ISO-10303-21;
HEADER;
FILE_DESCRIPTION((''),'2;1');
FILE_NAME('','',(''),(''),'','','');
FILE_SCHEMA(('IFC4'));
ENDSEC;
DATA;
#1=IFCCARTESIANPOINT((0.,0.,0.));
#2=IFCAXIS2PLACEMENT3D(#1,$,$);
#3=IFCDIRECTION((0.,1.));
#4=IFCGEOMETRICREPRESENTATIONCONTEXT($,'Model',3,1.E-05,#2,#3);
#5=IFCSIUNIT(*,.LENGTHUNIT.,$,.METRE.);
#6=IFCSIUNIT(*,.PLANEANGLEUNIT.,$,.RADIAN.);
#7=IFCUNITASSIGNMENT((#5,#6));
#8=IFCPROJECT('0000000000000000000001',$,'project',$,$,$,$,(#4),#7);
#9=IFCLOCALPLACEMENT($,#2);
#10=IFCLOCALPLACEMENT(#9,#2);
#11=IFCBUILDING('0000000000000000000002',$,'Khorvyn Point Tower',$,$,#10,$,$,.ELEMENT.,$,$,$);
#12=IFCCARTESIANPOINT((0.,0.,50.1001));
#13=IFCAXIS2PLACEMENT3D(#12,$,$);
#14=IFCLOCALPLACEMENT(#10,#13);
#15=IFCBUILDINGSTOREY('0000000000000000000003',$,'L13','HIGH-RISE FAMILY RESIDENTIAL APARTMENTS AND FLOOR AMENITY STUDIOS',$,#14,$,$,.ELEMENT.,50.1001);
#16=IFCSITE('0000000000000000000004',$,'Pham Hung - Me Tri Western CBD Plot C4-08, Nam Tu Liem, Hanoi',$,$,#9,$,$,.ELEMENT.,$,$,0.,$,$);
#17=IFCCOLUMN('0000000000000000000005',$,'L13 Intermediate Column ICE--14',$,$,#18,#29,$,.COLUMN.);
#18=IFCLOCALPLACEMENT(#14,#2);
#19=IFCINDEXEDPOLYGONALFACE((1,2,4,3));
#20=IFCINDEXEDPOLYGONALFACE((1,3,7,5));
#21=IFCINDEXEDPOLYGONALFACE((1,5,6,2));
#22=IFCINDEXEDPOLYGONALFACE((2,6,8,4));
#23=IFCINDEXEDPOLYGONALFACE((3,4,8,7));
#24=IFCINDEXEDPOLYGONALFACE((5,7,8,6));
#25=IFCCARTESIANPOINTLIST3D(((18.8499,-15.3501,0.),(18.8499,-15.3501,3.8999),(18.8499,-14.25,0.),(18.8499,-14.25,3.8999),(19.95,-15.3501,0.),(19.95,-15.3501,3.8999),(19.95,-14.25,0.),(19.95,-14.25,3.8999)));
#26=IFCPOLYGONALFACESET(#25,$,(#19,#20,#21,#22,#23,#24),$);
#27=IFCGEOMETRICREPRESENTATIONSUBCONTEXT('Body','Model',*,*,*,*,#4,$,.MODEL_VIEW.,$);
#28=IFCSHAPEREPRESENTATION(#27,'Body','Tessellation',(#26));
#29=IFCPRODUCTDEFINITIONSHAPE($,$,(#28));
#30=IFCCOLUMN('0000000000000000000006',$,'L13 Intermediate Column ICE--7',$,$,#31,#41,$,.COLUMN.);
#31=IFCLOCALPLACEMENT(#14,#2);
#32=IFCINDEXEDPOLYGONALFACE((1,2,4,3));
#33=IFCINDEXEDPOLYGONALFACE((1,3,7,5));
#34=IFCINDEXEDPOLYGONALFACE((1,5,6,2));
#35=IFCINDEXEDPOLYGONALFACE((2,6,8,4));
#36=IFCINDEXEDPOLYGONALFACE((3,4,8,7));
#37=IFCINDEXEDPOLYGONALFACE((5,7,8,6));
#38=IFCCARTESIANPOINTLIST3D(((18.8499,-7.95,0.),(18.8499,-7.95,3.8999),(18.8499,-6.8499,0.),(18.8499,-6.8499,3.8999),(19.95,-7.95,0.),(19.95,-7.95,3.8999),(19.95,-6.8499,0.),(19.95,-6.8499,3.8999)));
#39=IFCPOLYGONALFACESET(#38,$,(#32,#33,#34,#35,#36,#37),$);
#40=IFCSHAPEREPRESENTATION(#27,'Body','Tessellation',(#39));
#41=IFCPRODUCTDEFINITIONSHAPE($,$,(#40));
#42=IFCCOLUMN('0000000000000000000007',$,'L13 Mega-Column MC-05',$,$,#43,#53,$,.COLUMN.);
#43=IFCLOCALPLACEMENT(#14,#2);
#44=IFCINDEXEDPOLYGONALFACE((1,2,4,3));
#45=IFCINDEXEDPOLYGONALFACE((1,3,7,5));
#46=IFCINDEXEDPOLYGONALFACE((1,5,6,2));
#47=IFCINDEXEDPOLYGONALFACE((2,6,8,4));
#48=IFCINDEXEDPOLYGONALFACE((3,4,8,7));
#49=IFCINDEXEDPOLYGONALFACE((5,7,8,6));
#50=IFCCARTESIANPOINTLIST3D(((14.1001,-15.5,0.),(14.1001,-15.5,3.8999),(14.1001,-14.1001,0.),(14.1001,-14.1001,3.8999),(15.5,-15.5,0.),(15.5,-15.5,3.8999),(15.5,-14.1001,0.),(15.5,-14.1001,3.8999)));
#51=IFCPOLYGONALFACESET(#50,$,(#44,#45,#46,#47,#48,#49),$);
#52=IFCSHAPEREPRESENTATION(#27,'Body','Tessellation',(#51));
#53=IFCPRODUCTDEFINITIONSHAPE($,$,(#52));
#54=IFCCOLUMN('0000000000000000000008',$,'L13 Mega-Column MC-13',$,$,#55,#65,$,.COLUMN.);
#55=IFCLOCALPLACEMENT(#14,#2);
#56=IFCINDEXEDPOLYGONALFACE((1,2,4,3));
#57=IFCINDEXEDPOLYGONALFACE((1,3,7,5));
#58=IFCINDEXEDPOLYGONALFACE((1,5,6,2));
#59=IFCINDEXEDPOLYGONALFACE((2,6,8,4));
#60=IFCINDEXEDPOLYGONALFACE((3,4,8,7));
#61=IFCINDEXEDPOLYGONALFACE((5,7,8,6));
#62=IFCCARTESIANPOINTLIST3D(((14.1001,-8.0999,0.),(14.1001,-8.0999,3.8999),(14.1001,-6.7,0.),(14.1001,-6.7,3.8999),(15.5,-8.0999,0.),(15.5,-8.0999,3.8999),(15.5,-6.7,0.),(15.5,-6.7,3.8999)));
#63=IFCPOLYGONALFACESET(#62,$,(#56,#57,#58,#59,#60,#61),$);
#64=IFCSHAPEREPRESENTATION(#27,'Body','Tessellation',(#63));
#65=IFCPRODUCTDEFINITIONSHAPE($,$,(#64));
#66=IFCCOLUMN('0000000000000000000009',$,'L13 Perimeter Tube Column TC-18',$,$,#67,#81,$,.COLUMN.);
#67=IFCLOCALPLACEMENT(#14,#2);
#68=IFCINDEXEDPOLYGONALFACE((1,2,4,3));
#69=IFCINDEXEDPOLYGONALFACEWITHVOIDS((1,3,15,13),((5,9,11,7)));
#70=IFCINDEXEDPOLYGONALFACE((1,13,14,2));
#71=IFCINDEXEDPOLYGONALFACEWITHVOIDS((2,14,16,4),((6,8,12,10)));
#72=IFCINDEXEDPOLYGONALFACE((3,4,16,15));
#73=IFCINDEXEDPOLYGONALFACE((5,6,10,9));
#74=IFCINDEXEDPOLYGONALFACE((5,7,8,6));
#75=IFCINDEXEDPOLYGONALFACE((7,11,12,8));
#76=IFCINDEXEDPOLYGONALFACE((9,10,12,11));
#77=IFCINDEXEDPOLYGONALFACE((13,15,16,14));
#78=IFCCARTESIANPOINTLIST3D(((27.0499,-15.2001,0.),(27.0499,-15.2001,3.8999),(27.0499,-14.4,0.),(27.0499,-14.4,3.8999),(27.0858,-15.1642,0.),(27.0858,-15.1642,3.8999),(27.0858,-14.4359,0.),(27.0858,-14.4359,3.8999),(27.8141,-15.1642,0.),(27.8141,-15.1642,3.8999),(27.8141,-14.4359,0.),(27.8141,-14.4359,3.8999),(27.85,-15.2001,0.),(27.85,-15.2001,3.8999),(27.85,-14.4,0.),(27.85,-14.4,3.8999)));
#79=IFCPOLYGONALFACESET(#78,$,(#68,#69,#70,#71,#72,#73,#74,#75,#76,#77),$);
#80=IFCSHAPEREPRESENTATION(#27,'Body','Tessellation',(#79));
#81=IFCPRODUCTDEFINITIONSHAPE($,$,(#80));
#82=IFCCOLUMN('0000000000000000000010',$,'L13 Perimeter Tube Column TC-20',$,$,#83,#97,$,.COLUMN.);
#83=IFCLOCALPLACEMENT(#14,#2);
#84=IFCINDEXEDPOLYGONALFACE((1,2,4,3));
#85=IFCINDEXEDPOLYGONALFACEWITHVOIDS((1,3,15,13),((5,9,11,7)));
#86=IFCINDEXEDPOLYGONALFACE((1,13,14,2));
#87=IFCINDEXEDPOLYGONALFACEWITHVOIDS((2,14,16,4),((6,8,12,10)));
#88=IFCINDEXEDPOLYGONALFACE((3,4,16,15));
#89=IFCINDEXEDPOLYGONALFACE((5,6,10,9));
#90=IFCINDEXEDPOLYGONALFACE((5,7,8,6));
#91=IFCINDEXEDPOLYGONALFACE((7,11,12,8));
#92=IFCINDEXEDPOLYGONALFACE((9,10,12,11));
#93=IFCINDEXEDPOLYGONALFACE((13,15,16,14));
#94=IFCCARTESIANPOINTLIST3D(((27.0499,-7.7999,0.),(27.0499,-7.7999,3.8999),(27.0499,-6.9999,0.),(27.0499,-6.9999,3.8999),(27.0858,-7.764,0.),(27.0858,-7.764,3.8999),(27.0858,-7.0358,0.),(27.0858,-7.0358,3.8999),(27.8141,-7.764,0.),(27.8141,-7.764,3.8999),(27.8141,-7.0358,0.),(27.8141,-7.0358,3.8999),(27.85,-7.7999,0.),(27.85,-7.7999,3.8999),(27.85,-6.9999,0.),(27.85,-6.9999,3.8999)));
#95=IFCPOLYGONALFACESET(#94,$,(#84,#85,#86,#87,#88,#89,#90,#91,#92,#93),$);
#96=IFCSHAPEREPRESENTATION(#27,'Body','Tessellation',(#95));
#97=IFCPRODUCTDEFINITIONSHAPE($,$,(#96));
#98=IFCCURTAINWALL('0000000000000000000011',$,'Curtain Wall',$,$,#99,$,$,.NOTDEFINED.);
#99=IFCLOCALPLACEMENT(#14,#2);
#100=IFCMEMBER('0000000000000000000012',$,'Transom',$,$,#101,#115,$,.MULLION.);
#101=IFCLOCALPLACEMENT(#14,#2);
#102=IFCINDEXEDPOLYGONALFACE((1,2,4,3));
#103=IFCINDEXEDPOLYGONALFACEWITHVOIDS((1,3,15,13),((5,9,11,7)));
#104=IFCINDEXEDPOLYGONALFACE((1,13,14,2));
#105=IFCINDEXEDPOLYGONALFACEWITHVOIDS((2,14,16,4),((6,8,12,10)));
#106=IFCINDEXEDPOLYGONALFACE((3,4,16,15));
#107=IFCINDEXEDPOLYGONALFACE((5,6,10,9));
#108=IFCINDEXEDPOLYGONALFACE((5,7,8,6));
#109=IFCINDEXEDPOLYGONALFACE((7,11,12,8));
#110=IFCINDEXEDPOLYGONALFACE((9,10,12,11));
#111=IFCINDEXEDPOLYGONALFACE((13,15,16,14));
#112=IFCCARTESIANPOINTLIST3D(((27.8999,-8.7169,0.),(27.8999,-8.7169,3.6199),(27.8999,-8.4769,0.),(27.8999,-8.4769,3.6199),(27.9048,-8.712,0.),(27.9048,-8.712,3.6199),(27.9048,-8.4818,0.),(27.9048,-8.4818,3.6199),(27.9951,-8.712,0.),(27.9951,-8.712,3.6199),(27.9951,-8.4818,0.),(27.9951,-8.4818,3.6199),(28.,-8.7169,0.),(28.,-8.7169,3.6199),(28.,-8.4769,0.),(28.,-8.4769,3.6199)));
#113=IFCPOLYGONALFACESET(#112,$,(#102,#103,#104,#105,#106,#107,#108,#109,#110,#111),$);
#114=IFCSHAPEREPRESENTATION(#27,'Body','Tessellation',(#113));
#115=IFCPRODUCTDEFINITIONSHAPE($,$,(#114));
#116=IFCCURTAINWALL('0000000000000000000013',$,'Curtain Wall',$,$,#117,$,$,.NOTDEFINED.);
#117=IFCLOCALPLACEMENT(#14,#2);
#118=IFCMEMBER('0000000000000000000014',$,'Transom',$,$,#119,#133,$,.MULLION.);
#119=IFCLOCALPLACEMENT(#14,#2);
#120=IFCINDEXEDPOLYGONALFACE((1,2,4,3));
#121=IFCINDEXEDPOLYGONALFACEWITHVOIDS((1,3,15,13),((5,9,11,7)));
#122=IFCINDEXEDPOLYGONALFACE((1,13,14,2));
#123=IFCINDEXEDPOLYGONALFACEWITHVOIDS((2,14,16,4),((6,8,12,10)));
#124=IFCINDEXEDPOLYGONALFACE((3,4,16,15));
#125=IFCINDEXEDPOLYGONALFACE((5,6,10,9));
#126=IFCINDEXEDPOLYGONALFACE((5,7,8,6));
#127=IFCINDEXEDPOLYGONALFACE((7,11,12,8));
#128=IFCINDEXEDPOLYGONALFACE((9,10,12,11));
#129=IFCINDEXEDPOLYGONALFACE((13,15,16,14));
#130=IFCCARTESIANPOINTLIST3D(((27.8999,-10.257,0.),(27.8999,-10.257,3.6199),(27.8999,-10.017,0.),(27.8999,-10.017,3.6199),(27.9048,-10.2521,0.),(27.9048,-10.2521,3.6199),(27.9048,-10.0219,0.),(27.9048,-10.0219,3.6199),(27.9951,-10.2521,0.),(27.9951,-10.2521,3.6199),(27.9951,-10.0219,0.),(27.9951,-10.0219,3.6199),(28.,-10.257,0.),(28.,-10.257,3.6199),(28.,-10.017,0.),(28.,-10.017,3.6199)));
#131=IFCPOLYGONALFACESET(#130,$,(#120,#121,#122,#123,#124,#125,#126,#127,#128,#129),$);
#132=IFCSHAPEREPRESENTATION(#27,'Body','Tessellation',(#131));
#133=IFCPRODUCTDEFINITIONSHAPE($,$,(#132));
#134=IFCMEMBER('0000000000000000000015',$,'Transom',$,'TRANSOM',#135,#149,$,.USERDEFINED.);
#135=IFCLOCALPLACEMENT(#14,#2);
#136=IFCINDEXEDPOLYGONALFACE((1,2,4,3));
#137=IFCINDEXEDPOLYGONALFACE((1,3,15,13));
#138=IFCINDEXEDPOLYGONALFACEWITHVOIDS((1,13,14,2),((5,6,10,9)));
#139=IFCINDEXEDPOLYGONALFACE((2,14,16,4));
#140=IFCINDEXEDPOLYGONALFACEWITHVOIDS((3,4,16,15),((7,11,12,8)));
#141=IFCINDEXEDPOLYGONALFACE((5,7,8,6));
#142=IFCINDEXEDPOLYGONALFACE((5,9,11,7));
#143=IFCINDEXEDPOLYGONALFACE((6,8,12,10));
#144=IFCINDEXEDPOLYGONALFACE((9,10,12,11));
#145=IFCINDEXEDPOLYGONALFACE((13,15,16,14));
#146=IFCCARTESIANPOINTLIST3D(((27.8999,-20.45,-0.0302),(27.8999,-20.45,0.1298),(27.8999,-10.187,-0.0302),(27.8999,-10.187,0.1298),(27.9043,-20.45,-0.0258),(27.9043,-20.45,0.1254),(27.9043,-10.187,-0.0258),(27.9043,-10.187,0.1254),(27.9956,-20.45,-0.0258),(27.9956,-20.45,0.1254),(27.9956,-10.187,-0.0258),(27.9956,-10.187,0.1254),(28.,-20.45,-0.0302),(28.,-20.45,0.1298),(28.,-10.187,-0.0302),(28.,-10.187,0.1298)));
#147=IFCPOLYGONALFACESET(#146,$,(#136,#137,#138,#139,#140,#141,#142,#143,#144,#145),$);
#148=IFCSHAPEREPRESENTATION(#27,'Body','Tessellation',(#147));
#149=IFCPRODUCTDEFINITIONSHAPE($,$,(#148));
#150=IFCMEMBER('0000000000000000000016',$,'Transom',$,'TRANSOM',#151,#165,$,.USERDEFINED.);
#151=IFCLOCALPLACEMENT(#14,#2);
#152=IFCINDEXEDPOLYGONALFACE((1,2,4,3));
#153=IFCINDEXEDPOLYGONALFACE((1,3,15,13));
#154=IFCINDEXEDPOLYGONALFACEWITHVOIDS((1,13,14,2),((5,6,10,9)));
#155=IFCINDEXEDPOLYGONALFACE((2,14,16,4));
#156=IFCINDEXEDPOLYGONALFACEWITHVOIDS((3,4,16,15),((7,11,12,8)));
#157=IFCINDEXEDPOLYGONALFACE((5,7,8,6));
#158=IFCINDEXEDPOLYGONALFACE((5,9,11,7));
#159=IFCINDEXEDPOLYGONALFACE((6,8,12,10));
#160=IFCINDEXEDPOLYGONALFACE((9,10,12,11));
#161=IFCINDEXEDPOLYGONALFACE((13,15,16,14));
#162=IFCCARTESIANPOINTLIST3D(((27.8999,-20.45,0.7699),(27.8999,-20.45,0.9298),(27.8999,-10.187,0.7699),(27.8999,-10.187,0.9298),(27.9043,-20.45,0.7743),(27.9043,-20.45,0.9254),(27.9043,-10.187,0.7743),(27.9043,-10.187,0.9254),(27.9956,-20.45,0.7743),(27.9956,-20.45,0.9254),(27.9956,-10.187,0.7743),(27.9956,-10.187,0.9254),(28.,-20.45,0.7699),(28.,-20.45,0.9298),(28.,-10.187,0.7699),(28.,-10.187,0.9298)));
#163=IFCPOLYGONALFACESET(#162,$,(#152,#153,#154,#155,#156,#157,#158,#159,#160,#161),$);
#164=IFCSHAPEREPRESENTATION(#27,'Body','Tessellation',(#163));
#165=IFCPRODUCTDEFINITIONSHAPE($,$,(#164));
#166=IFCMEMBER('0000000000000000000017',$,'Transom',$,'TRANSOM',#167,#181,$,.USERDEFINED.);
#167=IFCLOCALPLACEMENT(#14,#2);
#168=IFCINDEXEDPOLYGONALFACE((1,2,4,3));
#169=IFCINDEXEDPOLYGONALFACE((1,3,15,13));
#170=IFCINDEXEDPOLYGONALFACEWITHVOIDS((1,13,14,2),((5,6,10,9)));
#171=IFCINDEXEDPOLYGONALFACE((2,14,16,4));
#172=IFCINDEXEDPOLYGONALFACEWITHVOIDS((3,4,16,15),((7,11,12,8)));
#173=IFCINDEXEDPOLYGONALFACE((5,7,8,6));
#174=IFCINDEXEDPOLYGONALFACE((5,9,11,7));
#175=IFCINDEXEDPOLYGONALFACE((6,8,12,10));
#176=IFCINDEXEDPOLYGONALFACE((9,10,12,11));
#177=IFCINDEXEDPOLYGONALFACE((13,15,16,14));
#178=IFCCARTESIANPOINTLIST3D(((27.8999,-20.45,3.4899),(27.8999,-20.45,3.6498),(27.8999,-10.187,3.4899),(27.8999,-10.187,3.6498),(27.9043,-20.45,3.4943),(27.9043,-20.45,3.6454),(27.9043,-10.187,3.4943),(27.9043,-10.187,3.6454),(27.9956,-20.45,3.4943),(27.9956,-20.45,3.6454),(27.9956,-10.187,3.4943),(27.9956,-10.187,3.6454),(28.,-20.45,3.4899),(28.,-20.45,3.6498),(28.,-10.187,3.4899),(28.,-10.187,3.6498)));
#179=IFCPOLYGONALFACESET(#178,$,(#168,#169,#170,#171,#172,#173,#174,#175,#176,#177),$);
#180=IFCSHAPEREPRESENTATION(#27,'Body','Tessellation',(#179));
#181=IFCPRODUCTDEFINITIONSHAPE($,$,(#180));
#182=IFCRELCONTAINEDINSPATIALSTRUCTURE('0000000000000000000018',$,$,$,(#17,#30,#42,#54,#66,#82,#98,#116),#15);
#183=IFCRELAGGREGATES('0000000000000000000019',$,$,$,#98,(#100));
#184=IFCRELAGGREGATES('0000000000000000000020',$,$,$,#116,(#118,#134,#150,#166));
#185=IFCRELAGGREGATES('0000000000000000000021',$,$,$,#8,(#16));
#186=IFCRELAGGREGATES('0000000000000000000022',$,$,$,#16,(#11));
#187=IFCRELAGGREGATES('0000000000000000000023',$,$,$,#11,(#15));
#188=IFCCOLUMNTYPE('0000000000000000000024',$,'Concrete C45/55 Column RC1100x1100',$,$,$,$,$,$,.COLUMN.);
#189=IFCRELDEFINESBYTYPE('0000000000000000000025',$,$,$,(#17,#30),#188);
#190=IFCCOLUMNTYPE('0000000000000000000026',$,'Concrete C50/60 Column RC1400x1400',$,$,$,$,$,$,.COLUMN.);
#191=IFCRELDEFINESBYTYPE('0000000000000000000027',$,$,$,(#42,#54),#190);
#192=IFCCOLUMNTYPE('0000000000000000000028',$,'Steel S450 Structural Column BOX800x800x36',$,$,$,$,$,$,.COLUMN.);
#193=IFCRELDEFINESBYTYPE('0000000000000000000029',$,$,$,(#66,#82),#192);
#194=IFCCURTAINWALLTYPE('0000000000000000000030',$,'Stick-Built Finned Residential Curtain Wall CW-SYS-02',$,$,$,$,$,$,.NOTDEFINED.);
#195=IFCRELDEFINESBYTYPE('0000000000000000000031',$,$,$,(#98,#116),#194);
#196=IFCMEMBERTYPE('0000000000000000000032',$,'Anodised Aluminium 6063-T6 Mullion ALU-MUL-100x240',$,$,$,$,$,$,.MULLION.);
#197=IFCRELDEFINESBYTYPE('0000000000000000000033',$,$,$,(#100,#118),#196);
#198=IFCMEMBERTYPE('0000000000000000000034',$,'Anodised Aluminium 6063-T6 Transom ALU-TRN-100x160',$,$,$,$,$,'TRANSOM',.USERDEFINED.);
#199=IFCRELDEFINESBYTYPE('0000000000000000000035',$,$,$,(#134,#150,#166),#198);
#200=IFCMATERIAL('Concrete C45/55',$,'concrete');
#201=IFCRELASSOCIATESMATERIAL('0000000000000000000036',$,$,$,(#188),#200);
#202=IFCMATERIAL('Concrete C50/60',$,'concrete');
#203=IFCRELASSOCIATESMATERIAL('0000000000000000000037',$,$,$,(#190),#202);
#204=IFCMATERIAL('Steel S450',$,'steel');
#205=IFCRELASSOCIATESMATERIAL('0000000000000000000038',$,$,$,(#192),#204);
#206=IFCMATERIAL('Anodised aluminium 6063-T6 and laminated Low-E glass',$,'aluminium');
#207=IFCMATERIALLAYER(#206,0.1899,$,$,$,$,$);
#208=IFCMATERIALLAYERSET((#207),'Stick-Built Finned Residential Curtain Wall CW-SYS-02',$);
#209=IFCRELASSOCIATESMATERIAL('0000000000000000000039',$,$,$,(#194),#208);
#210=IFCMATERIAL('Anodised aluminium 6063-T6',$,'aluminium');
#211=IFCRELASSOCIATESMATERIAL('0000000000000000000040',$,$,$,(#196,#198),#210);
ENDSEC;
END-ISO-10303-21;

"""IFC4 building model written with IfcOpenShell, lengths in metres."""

from ifc_helpers import new_model, si_unit, direction, frame, origin, origin_2d, place, context, subcontext, project, spatial, rectangle, hollow_rectangle, extrude, material, layer, layer_set, material_profile, profile_set, type_object, element, aggregate, save


model = new_model("IFC4")

# Units and contexts
model_context = context("Model", 3, precision=1e-05, world=origin(), true_north=direction((0.0, 1.0)))
body_context = subcontext(model_context, "Body", "Model", "MODEL_VIEW")
ifc_project = project(units=[si_unit("LENGTHUNIT", "METRE"), si_unit("PLANEANGLEUNIT", "RADIAN")], contexts=[model_context])

# Site, building, storey
site_placement = place(None, origin())
site = spatial("IfcSite", under=ifc_project, at=site_placement, Name="Pham Hung - Me Tri Western CBD Plot C4-08, Nam Tu Liem, Hanoi", CompositionType="ELEMENT", RefElevation=0.0)
building_placement = place(site_placement, origin())
building = spatial("IfcBuilding", under=site, at=building_placement, Name="Khorvyn Point Tower", CompositionType="ELEMENT")
storey_placement = place(building_placement, frame((0.0, 0.0, 50.1001)))
storey = spatial("IfcBuildingStorey", under=building, at=storey_placement, Name="L13", Description="HIGH-RISE FAMILY RESIDENTIAL APARTMENTS AND FLOOR AMENITY STUDIOS", CompositionType="ELEMENT", Elevation=50.1001)

# Columns
ifc_material_1 = material(Name="Concrete C45/55", Category="concrete")
ifc_material_profile_1 = material_profile(ifc_material_1, rectangle(XDim=1.1001, YDim=1.1001, at=origin_2d()))
ifc_profile_set_1 = profile_set([ifc_material_profile_1], Name="Concrete C45/55 RC1100x1100")
column_type_1 = type_object("IfcColumnType", Name="Concrete C45/55 Column RC1100x1100", PredefinedType="COLUMN", material=ifc_profile_set_1)
for number, where, z_axis, x_axis, name in (
    (1, (19.3999, -14.8, 0.0), (0.0, 0.0, 1.0), (1.0, 0.0, 0.0), "L13 Intermediate Column ICE--14"),
    (2, (19.3999, -7.3999, 0.0), (0.0, 0.0, 1.0), (1.0, 0.0, 0.0), "L13 Intermediate Column ICE--7"),
):
    element("IfcColumn", number, at=place(storey_placement, frame(where, z_axis=z_axis, x_axis=x_axis)), inside=storey, type_object=column_type_1, Name=name, PredefinedType="COLUMN", context=body_context, shape_type="SweptSolid", body=[
        extrude(rectangle(XDim=1.1001, YDim=1.1001, at=origin_2d()), origin(), (0.0, 0.0, 1.0), 3.8999),
    ])
ifc_material_2 = material(Name="Concrete C50/60", Category="concrete")
ifc_material_profile_2 = material_profile(ifc_material_2, rectangle(XDim=1.3999, YDim=1.3999, at=origin_2d()))
ifc_profile_set_2 = profile_set([ifc_material_profile_2], Name="Concrete C50/60 RC1400x1400")
column_type_2 = type_object("IfcColumnType", Name="Concrete C50/60 Column RC1400x1400", PredefinedType="COLUMN", material=ifc_profile_set_2)
for number, where, z_axis, x_axis, name in (
    (3, (14.8, -14.8, 0.0), (0.0, 0.0, 1.0), (1.0, 0.0, 0.0), "L13 Mega-Column MC-05"),
    (4, (14.8, -7.3999, 0.0), (0.0, 0.0, 1.0), (1.0, 0.0, 0.0), "L13 Mega-Column MC-13"),
):
    element("IfcColumn", number, at=place(storey_placement, frame(where, z_axis=z_axis, x_axis=x_axis)), inside=storey, type_object=column_type_2, Name=name, PredefinedType="COLUMN", context=body_context, shape_type="SweptSolid", body=[
        extrude(rectangle(XDim=1.3999, YDim=1.3999, at=origin_2d()), origin(), (0.0, 0.0, 1.0), 3.8999),
    ])
ifc_material_3 = material(Name="Steel S450", Category="steel")
ifc_material_profile_3 = material_profile(ifc_material_3, hollow_rectangle(XDim=0.8, YDim=0.8, WallThickness=0.0359, at=origin_2d()))
ifc_profile_set_3 = profile_set([ifc_material_profile_3], Name="Steel S450 BOX800x800x36")
column_type_3 = type_object("IfcColumnType", Name="Steel S450 Structural Column BOX800x800x36", PredefinedType="COLUMN", material=ifc_profile_set_3)
for number, where, z_axis, x_axis, name in (
    (5, (27.45, -14.8, 0.0), (0.0, 0.0, 1.0), (1.0, 0.0, 0.0), "L13 Perimeter Tube Column TC-18"),
    (6, (27.45, -7.3999, 0.0), (0.0, 0.0, 1.0), (1.0, 0.0, 0.0), "L13 Perimeter Tube Column TC-20"),
):
    element("IfcColumn", number, at=place(storey_placement, frame(where, z_axis=z_axis, x_axis=x_axis)), inside=storey, type_object=column_type_3, Name=name, PredefinedType="COLUMN", context=body_context, shape_type="SweptSolid", body=[
        extrude(hollow_rectangle(XDim=0.8, YDim=0.8, WallThickness=0.0359, at=origin_2d()), origin(), (0.0, 0.0, 1.0), 3.8999),
    ])

# Curtain wall, member
ifc_material_4 = material(Name="Anodised aluminium 6063-T6 and laminated Low-E glass", Category="aluminium")
ifc_layer_1 = layer(ifc_material_4, 0.1899)
ifc_layer_set_1 = layer_set([ifc_layer_1], Name="Stick-Built Finned Residential Curtain Wall CW-SYS-02")
curtain_wall_type = type_object("IfcCurtainWallType", Name="Stick-Built Finned Residential Curtain Wall CW-SYS-02", PredefinedType="NOTDEFINED", material=ifc_layer_set_1)
curtain_wall_1_placement = place(storey_placement, origin())
curtain_wall_1 = element("IfcCurtainWall", 7, at=curtain_wall_1_placement, inside=storey, type_object=curtain_wall_type, Name="Curtain Wall", PredefinedType="NOTDEFINED")
ifc_material_5 = material(Name="Anodised aluminium 6063-T6", Category="aluminium")
ifc_material_profile_4 = material_profile(ifc_material_5, hollow_rectangle(XDim=0.1001, YDim=0.24, WallThickness=0.0049, at=origin_2d()))
ifc_profile_set_4 = profile_set([ifc_material_profile_4], Name="Anodised aluminium 6063-T6 ALU-MUL-100x240")
member_type_1 = type_object("IfcMemberType", Name="Anodised Aluminium 6063-T6 Mullion ALU-MUL-100x240", PredefinedType="MULLION", material=ifc_profile_set_4)
member_1_placement = place(storey_placement, frame((27.95, -8.5969, 0.0), z_axis=(0.0, 0.0, 1.0), x_axis=(1.0, 0.0, 0.0)))
member_1 = element("IfcMember", 8, at=member_1_placement, type_object=member_type_1, Name="Transom", PredefinedType="MULLION", context=body_context, shape_type="SweptSolid", body=[
    extrude(hollow_rectangle(XDim=0.1001, YDim=0.24, WallThickness=0.0049, at=origin_2d()), origin(), (0.0, 0.0, 1.0), 3.6199),
])
aggregate(curtain_wall_1, [member_1])

# Curtain wall, members
curtain_wall_2_placement = place(storey_placement, origin())
curtain_wall_2 = element("IfcCurtainWall", 9, at=curtain_wall_2_placement, inside=storey, type_object=curtain_wall_type, Name="Curtain Wall", PredefinedType="NOTDEFINED")
member_2_placement = place(storey_placement, frame((27.95, -10.137, 0.0), z_axis=(0.0, 0.0, 1.0), x_axis=(1.0, 0.0, 0.0)))
member_2 = element("IfcMember", 10, at=member_2_placement, type_object=member_type_1, Name="Transom", PredefinedType="MULLION", context=body_context, shape_type="SweptSolid", body=[
    extrude(hollow_rectangle(XDim=0.1001, YDim=0.24, WallThickness=0.0049, at=origin_2d()), origin(), (0.0, 0.0, 1.0), 3.6199),
])
ifc_material_profile_5 = material_profile(ifc_material_5, hollow_rectangle(XDim=0.1001, YDim=0.1599, WallThickness=0.0044, at=origin_2d()))
ifc_profile_set_5 = profile_set([ifc_material_profile_5], Name="Anodised aluminium 6063-T6 ALU-TRN-100x160")
member_type_2 = type_object("IfcMemberType", Name="Anodised Aluminium 6063-T6 Transom ALU-TRN-100x160", ElementType="TRANSOM", PredefinedType="USERDEFINED", material=ifc_profile_set_5)
member_3_placement = place(storey_placement, frame((27.95, -10.187, 0.0498), z_axis=(0.0, -1.0, 0.0), x_axis=(1.0, 0.0, 0.0)))
member_3 = element("IfcMember", 11, at=member_3_placement, type_object=member_type_2, Name="Transom", ObjectType="TRANSOM", PredefinedType="USERDEFINED", context=body_context, shape_type="SweptSolid", body=[
    extrude(hollow_rectangle(XDim=0.1001, YDim=0.1599, WallThickness=0.0044, at=origin_2d()), origin(), (0.0, 0.0, 1.0), 10.2629),
])
member_4_placement = place(storey_placement, frame((27.95, -10.187, 0.8499), z_axis=(0.0, -1.0, 0.0), x_axis=(1.0, 0.0, 0.0)))
member_4 = element("IfcMember", 12, at=member_4_placement, type_object=member_type_2, Name="Transom", ObjectType="TRANSOM", PredefinedType="USERDEFINED", context=body_context, shape_type="SweptSolid", body=[
    extrude(hollow_rectangle(XDim=0.1001, YDim=0.1599, WallThickness=0.0044, at=origin_2d()), origin(), (0.0, 0.0, 1.0), 10.2629),
])
member_5_placement = place(storey_placement, frame((27.95, -10.187, 3.5698), z_axis=(0.0, -1.0, 0.0), x_axis=(1.0, 0.0, 0.0)))
member_5 = element("IfcMember", 13, at=member_5_placement, type_object=member_type_2, Name="Transom", ObjectType="TRANSOM", PredefinedType="USERDEFINED", context=body_context, shape_type="SweptSolid", body=[
    extrude(hollow_rectangle(XDim=0.1001, YDim=0.1599, WallThickness=0.0044, at=origin_2d()), origin(), (0.0, 0.0, 1.0), 10.2629),
])
aggregate(curtain_wall_2, [member_2, member_3, member_4, member_5])

save(model, "model.ifc")
